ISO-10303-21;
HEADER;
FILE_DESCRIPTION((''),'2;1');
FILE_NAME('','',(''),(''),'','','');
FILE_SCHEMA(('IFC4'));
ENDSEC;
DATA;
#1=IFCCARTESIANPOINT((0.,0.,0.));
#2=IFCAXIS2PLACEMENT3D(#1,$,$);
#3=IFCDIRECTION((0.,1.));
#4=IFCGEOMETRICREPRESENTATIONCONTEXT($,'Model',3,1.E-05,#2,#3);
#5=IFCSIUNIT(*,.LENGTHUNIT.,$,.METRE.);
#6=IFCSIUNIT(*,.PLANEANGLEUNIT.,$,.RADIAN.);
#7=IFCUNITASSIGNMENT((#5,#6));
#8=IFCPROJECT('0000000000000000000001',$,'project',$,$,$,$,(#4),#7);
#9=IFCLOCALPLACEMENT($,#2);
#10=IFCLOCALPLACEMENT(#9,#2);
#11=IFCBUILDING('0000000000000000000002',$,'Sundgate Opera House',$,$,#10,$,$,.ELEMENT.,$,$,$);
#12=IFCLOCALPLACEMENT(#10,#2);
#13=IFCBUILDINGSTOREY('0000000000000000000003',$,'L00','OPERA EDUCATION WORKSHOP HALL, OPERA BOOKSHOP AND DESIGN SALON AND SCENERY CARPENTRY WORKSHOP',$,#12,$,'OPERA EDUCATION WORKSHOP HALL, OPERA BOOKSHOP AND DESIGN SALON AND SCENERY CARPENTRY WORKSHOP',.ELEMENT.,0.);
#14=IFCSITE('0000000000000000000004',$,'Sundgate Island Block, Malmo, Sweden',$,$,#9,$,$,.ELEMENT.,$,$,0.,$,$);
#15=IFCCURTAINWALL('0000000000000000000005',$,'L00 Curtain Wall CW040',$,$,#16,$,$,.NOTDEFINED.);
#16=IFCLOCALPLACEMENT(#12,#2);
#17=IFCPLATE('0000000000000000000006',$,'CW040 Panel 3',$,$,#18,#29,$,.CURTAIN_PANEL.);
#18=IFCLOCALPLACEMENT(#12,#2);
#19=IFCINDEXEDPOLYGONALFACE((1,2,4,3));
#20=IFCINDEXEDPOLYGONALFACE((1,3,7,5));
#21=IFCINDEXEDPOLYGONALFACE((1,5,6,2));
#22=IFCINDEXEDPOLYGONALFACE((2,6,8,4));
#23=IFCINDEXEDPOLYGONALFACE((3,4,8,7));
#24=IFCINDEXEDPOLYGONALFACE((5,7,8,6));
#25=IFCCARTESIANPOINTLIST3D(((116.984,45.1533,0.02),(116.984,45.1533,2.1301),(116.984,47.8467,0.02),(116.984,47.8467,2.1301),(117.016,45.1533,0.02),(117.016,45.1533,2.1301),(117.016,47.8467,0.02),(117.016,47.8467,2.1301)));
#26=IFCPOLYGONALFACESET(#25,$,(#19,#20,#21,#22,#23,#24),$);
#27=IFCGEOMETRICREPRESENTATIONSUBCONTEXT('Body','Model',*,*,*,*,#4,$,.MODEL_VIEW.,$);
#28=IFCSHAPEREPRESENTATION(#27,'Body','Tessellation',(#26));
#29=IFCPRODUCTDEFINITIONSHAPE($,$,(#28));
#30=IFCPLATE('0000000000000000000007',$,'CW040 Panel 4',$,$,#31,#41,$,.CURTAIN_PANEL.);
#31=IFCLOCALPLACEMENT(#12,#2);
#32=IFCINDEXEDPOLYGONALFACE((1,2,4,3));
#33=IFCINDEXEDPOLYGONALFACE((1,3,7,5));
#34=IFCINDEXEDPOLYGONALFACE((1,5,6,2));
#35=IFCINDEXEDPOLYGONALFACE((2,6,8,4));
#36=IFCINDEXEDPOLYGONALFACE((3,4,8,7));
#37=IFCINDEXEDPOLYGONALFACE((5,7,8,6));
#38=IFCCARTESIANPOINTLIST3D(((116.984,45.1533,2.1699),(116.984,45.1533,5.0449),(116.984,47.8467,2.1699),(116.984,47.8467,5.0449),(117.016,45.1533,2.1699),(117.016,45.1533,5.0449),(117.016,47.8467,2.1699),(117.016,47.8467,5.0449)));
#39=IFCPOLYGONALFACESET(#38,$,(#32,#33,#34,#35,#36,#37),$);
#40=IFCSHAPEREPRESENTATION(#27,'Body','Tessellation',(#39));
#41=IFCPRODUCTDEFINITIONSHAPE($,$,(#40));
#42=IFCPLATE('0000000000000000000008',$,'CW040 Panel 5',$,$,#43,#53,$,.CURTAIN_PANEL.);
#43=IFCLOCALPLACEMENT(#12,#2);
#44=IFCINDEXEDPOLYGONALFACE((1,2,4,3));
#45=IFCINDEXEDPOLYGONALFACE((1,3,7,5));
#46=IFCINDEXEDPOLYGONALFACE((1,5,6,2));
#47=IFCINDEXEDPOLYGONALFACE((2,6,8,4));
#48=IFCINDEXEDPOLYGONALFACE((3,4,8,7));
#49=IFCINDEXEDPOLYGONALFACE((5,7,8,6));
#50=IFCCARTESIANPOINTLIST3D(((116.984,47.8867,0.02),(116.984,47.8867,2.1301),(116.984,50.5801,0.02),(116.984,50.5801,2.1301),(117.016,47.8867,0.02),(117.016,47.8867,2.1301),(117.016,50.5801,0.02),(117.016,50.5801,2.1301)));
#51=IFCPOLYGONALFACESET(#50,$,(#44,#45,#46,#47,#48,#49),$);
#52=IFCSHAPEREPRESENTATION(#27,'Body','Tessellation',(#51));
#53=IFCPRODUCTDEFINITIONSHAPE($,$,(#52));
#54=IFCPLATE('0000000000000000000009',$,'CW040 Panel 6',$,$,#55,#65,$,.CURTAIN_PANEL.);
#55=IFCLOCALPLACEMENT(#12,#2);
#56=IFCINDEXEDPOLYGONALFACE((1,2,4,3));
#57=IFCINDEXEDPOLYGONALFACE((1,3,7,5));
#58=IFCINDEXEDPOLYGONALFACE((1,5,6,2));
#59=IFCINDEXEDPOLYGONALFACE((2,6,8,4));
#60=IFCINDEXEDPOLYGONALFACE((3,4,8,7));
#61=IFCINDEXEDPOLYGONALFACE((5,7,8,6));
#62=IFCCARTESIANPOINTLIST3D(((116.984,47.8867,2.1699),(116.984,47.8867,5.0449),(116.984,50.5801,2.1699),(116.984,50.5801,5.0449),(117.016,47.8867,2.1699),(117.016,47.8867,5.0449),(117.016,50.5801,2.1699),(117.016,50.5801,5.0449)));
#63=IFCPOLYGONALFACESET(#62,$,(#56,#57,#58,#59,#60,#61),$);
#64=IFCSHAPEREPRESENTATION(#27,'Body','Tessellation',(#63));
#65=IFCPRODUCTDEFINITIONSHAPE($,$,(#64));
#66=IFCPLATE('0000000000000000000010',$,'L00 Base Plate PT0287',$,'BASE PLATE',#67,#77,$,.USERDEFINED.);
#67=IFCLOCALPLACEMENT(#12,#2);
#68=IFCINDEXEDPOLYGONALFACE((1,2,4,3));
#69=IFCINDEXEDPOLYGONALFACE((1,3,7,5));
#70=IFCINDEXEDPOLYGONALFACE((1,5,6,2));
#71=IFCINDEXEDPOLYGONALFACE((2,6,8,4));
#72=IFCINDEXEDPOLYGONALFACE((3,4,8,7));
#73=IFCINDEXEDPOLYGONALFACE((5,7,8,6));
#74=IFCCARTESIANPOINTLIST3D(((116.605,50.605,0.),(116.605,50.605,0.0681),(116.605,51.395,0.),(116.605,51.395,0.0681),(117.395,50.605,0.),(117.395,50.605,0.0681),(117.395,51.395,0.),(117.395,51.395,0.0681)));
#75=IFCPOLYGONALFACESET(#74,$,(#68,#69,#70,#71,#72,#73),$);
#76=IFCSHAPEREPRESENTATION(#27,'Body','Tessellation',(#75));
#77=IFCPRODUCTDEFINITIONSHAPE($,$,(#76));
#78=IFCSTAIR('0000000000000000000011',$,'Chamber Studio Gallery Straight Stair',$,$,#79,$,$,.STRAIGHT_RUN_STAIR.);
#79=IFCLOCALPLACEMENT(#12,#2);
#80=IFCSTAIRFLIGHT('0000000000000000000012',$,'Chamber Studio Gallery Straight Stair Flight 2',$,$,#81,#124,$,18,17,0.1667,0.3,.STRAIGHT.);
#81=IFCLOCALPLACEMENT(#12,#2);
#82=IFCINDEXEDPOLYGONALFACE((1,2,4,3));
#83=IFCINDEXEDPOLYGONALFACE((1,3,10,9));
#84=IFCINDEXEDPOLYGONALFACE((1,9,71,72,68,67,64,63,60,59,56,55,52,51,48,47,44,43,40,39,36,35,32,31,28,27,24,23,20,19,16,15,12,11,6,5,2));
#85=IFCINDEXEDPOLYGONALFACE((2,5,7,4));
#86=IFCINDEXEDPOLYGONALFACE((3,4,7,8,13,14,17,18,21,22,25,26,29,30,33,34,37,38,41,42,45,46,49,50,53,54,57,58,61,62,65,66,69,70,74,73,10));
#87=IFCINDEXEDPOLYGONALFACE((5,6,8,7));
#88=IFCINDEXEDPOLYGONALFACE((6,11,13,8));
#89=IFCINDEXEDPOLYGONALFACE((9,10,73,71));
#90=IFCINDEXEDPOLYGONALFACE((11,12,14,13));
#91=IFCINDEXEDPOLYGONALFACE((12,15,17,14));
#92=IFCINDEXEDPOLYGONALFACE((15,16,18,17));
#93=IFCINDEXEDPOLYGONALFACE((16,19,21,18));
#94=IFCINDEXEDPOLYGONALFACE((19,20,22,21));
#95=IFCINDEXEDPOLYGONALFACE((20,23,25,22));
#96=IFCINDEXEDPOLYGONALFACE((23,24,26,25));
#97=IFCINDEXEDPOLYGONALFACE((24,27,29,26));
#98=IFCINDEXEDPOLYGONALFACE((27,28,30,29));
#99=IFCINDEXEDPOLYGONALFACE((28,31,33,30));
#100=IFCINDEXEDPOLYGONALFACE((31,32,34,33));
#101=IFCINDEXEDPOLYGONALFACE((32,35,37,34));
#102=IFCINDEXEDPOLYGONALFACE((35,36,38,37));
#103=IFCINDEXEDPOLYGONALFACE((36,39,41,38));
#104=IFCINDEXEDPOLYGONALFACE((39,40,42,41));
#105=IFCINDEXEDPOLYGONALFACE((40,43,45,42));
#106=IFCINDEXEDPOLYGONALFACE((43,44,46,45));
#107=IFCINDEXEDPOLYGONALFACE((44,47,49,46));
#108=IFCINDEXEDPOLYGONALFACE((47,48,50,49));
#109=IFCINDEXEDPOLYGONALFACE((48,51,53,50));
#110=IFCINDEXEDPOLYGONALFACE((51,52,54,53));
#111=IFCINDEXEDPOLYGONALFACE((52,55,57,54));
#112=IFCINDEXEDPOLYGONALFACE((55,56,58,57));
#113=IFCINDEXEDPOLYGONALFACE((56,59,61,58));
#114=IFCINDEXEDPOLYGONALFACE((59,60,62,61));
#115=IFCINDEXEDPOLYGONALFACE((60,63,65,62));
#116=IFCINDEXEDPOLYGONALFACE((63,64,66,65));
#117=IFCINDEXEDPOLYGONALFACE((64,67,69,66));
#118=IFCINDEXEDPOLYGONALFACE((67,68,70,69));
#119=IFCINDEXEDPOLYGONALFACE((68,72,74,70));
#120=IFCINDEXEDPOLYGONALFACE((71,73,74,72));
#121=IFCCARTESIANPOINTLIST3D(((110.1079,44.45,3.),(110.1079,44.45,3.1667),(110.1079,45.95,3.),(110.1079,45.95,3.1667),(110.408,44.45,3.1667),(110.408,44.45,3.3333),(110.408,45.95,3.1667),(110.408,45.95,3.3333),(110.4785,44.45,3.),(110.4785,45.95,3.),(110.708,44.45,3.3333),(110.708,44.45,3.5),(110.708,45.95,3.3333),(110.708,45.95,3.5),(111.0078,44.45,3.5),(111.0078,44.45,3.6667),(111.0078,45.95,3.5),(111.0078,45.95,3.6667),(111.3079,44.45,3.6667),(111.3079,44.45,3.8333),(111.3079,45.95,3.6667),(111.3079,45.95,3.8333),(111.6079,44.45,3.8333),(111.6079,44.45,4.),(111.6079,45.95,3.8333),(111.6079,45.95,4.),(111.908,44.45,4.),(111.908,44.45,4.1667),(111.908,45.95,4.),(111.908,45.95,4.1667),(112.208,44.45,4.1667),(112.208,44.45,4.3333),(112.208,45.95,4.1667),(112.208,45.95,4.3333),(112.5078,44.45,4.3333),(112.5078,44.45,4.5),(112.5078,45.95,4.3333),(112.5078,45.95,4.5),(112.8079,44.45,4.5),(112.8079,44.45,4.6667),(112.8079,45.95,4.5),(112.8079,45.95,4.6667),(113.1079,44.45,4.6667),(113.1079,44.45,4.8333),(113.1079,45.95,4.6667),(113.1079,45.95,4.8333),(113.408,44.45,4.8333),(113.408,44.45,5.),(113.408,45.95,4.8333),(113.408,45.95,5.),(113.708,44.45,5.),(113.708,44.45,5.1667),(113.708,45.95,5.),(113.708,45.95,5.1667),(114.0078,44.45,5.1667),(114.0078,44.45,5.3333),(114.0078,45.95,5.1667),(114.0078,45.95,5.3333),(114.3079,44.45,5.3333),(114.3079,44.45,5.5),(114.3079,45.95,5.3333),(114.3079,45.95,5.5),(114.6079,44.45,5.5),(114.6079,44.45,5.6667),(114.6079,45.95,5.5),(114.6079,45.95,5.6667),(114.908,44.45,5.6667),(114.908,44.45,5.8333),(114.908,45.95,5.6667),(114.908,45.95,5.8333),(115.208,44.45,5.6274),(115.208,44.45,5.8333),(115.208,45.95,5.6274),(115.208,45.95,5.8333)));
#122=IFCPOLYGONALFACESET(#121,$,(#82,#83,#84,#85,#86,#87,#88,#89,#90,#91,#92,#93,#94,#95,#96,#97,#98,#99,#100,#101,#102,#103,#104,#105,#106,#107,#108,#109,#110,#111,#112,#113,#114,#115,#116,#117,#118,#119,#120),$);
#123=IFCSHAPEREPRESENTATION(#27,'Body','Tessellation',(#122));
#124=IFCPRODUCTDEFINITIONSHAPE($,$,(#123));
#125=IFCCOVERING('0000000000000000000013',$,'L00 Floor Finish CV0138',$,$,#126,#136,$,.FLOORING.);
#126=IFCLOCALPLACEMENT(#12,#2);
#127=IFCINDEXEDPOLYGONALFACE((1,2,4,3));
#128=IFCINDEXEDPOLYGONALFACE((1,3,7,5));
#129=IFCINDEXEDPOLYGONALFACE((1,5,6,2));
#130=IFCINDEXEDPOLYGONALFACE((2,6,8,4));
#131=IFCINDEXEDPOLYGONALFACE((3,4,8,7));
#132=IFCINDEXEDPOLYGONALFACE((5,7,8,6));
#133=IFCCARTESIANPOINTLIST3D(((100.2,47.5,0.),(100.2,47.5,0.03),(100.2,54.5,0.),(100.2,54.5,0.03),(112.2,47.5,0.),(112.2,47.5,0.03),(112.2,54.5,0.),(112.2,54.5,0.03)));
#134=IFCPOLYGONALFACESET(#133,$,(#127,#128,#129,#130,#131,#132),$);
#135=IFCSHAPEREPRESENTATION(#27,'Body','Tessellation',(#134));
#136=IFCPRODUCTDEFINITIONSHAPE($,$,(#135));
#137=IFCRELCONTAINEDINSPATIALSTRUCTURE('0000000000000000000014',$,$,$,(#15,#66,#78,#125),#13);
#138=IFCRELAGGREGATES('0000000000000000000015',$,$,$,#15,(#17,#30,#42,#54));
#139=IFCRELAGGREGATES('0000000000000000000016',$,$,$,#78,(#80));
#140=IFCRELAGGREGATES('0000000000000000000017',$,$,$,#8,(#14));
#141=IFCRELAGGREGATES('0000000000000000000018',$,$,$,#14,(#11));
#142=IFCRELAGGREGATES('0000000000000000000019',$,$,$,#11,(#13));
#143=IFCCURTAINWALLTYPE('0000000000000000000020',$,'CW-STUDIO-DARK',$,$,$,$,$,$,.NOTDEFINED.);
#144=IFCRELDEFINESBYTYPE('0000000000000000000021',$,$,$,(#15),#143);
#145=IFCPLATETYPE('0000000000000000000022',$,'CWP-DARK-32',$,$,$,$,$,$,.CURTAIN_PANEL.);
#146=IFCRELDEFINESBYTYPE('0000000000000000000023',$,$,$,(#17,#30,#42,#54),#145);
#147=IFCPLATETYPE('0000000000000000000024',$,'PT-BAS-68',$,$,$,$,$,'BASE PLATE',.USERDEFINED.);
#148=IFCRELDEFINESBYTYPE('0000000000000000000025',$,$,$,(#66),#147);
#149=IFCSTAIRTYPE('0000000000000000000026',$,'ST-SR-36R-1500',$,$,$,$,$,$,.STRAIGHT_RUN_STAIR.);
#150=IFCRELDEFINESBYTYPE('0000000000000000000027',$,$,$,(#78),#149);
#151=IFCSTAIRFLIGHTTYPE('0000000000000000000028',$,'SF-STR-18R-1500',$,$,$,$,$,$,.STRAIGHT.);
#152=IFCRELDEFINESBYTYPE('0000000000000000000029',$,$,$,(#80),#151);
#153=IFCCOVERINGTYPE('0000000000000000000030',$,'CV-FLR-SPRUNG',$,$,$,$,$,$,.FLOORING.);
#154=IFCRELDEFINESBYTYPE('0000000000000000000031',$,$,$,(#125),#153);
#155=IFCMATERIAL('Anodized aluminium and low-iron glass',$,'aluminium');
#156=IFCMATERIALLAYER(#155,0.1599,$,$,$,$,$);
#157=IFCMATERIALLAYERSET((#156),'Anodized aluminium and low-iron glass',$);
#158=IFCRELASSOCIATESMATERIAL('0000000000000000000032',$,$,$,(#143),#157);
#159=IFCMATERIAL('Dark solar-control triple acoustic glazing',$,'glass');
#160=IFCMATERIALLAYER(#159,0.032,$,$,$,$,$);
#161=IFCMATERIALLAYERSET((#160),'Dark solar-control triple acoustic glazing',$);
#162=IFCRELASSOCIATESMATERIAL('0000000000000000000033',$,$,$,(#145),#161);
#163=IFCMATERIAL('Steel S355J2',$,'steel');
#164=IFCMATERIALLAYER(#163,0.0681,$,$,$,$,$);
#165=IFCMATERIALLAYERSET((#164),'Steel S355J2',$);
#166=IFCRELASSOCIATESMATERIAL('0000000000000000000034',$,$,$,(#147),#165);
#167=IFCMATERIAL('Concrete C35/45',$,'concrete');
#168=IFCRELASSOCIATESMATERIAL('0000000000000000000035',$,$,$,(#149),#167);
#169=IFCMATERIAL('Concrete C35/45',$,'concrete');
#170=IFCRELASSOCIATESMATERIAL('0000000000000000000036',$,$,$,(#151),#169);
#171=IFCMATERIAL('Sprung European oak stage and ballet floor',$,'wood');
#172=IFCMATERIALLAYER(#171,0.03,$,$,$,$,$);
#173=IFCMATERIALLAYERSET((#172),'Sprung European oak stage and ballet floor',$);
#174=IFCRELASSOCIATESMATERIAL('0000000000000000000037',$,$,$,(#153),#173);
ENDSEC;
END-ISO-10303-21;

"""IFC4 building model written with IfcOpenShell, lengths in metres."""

from ifc_helpers import new_model, si_unit, direction, frame, origin, origin_2d, place, context, subcontext, project, spatial, polyline, rectangle, outline, extrude, material, layer, layer_set, type_object, element, aggregate, save


model = new_model("IFC4")

# Units and contexts
model_context = context("Model", 3, precision=1e-05, world=origin(), true_north=direction((0.0, 1.0)))
body_context = subcontext(model_context, "Body", "Model", "MODEL_VIEW")
ifc_project = project(units=[si_unit("LENGTHUNIT", "METRE"), si_unit("PLANEANGLEUNIT", "RADIAN")], contexts=[model_context])

# Site, building, storey
site_placement = place(None, origin())
site = spatial("IfcSite", under=ifc_project, at=site_placement, Name="Sundgate Island Block, Malmo, Sweden", CompositionType="ELEMENT", RefElevation=0.0)
building_placement = place(site_placement, origin())
building = spatial("IfcBuilding", under=site, at=building_placement, Name="Sundgate Opera House", CompositionType="ELEMENT")
storey_placement = place(building_placement, origin())
storey = spatial("IfcBuildingStorey", under=building, at=storey_placement, Name="L00", Description="OPERA EDUCATION WORKSHOP HALL, OPERA BOOKSHOP AND DESIGN SALON AND SCENERY CARPENTRY WORKSHOP", LongName="OPERA EDUCATION WORKSHOP HALL, OPERA BOOKSHOP AND DESIGN SALON AND SCENERY CARPENTRY WORKSHOP", CompositionType="ELEMENT", Elevation=0.0)

# Curtain wall
ifc_material_1 = material(Name="Anodized aluminium and low-iron glass", Category="aluminium")
ifc_layer_1 = layer(ifc_material_1, 0.1599)
ifc_layer_set_1 = layer_set([ifc_layer_1], Name="Anodized aluminium and low-iron glass")
curtain_wall_type = type_object("IfcCurtainWallType", Name="CW-STUDIO-DARK", PredefinedType="NOTDEFINED", material=ifc_layer_set_1)
curtain_wall_1_placement = place(storey_placement, origin())
curtain_wall_1 = element("IfcCurtainWall", 1, at=curtain_wall_1_placement, inside=storey, type_object=curtain_wall_type, Name="L00 Curtain Wall CW040", PredefinedType="NOTDEFINED")

# Plates
ifc_material_2 = material(Name="Dark solar-control triple acoustic glazing", Category="glass")
ifc_layer_2 = layer(ifc_material_2, 0.032)
ifc_layer_set_2 = layer_set([ifc_layer_2], Name="Dark solar-control triple acoustic glazing")
plate_type_1 = type_object("IfcPlateType", Name="CWP-DARK-32", PredefinedType="CURTAIN_PANEL", material=ifc_layer_set_2)
plate_1_placement = place(storey_placement, frame((117.0, 46.5, 0.02), z_axis=(0.0, 0.0, 1.0), x_axis=(0.0, 1.0, 0.0)))
plate_1 = element("IfcPlate", 2, at=plate_1_placement, type_object=plate_type_1, Name="CW040 Panel 3", PredefinedType="CURTAIN_PANEL", context=body_context, shape_type="SweptSolid", body=[
    extrude(rectangle(XDim=2.6934, YDim=0.032, at=origin_2d()), origin(), (0.0, 0.0, 1.0), 2.1101),
])
plate_2_placement = place(storey_placement, frame((117.0, 46.5, 2.1699), z_axis=(0.0, 0.0, 1.0), x_axis=(0.0, 1.0, 0.0)))
plate_2 = element("IfcPlate", 3, at=plate_2_placement, type_object=plate_type_1, Name="CW040 Panel 4", PredefinedType="CURTAIN_PANEL", context=body_context, shape_type="SweptSolid", body=[
    extrude(rectangle(XDim=2.6934, YDim=0.032, at=origin_2d()), origin(), (0.0, 0.0, 1.0), 2.875),
])
plate_3_placement = place(storey_placement, frame((117.0, 49.2334, 0.02), z_axis=(0.0, 0.0, 1.0), x_axis=(0.0, 1.0, 0.0)))
plate_3 = element("IfcPlate", 4, at=plate_3_placement, type_object=plate_type_1, Name="CW040 Panel 5", PredefinedType="CURTAIN_PANEL", context=body_context, shape_type="SweptSolid", body=[
    extrude(rectangle(XDim=2.6934, YDim=0.032, at=origin_2d()), origin(), (0.0, 0.0, 1.0), 2.1101),
])
plate_4_placement = place(storey_placement, frame((117.0, 49.2334, 2.1699), z_axis=(0.0, 0.0, 1.0), x_axis=(0.0, 1.0, 0.0)))
plate_4 = element("IfcPlate", 5, at=plate_4_placement, type_object=plate_type_1, Name="CW040 Panel 6", PredefinedType="CURTAIN_PANEL", context=body_context, shape_type="SweptSolid", body=[
    extrude(rectangle(XDim=2.6934, YDim=0.032, at=origin_2d()), origin(), (0.0, 0.0, 1.0), 2.875),
])
aggregate(curtain_wall_1, [plate_1, plate_2, plate_3, plate_4])
ifc_material_3 = material(Name="Steel S355J2", Category="steel")
ifc_layer_3 = layer(ifc_material_3, 0.0681)
ifc_layer_set_3 = layer_set([ifc_layer_3], Name="Steel S355J2")
plate_type_2 = type_object("IfcPlateType", Name="PT-BAS-68", ElementType="BASE PLATE", PredefinedType="USERDEFINED", material=ifc_layer_set_3)
plate_5_placement = place(storey_placement, frame((117.0, 51.0, 0.0), z_axis=(0.0, 0.0, 1.0), x_axis=(1.0, 0.0, 0.0)))
element("IfcPlate", 6, at=plate_5_placement, inside=storey, type_object=plate_type_2, Name="L00 Base Plate PT0287", ObjectType="BASE PLATE", PredefinedType="USERDEFINED", context=body_context, shape_type="SweptSolid", body=[
    extrude(rectangle(XDim=0.79, YDim=0.79, at=origin_2d()), origin(), (0.0, 0.0, 1.0), 0.0681),
])

# Stair, stair flight
ifc_material_4 = material(Name="Concrete C35/45", Category="concrete")
stair_type = type_object("IfcStairType", Name="ST-SR-36R-1500", PredefinedType="STRAIGHT_RUN_STAIR", material=ifc_material_4)
stair_placement = place(storey_placement, origin())
stair = element("IfcStair", 7, at=stair_placement, inside=storey, type_object=stair_type, Name="Chamber Studio Gallery Straight Stair", PredefinedType="STRAIGHT_RUN_STAIR")
ifc_material_5 = material(Name="Concrete C35/45", Category="concrete")
stair_flight_type = type_object("IfcStairFlightType", Name="SF-STR-18R-1500", PredefinedType="STRAIGHT", material=ifc_material_5)
stair_flight_placement = place(storey_placement, frame((110.1079, 45.2, 3.0), z_axis=(0.0, 0.0, 1.0), x_axis=(1.0, 0.0, 0.0)))
stair_flight = element("IfcStairFlight", 8, at=stair_flight_placement, type_object=stair_flight_type, Name="Chamber Studio Gallery Straight Stair Flight 2", NumberOfRisers=18, NumberOfTreads=17, PredefinedType="STRAIGHT", RiserHeight=0.1667, TreadLength=0.3, context=body_context, shape_type="SweptSolid", body=[
    extrude(outline(polyline([(0.0, 0.0), (0.0, 0.1667), (0.3, 0.1667), (0.3, 0.3333), (0.6001, 0.3333), (0.6001, 0.5), (0.8999, 0.5), (0.8999, 0.6667), (1.2, 0.6667), (1.2, 0.8333), (1.5, 0.8333), (1.5, 1.0), (1.8, 1.0), (1.8, 1.1667), (2.1001, 1.1667), (2.1001, 1.3333), (2.3999, 1.3333), (2.3999, 1.5), (2.7, 1.5), (2.7, 1.6667), (3.0, 1.6667), (3.0, 1.8333), (3.3, 1.8333), (3.3, 2.0), (3.6001, 2.0), (3.6001, 2.1667), (3.8999, 2.1667), (3.8999, 2.3333), (4.2, 2.3333), (4.2, 2.5), (4.5, 2.5), (4.5, 2.6667), (4.8, 2.6667), (4.8, 2.8333), (5.1001, 2.8333), (5.1001, 3.0), (5.1001, 2.6274), (0.3706, 0.0), (0.0, 0.0)])), frame((0.0, 0.75, 0.0), z_axis=(0.0, -1.0, 0.0), x_axis=(1.0, 0.0, 0.0)), (0.0, 0.0, 1.0), 1.5),
])
aggregate(stair, [stair_flight])

# Covering
ifc_material_6 = material(Name="Sprung European oak stage and ballet floor", Category="wood")
ifc_layer_4 = layer(ifc_material_6, 0.03)
ifc_layer_set_4 = layer_set([ifc_layer_4], Name="Sprung European oak stage and ballet floor")
covering_type = type_object("IfcCoveringType", Name="CV-FLR-SPRUNG", PredefinedType="FLOORING", material=ifc_layer_set_4)
covering_placement = place(storey_placement, frame((106.2, 51.0, 0.0), z_axis=(0.0, 0.0, 1.0), x_axis=(1.0, 0.0, 0.0)))
element("IfcCovering", 9, at=covering_placement, inside=storey, type_object=covering_type, Name="L00 Floor Finish CV0138", PredefinedType="FLOORING", context=body_context, shape_type="SweptSolid", body=[
    extrude(rectangle(XDim=12.0, YDim=7.0, at=origin_2d()), origin(), (0.0, 0.0, 1.0), 0.03),
])

save(model, "model.ifc")
